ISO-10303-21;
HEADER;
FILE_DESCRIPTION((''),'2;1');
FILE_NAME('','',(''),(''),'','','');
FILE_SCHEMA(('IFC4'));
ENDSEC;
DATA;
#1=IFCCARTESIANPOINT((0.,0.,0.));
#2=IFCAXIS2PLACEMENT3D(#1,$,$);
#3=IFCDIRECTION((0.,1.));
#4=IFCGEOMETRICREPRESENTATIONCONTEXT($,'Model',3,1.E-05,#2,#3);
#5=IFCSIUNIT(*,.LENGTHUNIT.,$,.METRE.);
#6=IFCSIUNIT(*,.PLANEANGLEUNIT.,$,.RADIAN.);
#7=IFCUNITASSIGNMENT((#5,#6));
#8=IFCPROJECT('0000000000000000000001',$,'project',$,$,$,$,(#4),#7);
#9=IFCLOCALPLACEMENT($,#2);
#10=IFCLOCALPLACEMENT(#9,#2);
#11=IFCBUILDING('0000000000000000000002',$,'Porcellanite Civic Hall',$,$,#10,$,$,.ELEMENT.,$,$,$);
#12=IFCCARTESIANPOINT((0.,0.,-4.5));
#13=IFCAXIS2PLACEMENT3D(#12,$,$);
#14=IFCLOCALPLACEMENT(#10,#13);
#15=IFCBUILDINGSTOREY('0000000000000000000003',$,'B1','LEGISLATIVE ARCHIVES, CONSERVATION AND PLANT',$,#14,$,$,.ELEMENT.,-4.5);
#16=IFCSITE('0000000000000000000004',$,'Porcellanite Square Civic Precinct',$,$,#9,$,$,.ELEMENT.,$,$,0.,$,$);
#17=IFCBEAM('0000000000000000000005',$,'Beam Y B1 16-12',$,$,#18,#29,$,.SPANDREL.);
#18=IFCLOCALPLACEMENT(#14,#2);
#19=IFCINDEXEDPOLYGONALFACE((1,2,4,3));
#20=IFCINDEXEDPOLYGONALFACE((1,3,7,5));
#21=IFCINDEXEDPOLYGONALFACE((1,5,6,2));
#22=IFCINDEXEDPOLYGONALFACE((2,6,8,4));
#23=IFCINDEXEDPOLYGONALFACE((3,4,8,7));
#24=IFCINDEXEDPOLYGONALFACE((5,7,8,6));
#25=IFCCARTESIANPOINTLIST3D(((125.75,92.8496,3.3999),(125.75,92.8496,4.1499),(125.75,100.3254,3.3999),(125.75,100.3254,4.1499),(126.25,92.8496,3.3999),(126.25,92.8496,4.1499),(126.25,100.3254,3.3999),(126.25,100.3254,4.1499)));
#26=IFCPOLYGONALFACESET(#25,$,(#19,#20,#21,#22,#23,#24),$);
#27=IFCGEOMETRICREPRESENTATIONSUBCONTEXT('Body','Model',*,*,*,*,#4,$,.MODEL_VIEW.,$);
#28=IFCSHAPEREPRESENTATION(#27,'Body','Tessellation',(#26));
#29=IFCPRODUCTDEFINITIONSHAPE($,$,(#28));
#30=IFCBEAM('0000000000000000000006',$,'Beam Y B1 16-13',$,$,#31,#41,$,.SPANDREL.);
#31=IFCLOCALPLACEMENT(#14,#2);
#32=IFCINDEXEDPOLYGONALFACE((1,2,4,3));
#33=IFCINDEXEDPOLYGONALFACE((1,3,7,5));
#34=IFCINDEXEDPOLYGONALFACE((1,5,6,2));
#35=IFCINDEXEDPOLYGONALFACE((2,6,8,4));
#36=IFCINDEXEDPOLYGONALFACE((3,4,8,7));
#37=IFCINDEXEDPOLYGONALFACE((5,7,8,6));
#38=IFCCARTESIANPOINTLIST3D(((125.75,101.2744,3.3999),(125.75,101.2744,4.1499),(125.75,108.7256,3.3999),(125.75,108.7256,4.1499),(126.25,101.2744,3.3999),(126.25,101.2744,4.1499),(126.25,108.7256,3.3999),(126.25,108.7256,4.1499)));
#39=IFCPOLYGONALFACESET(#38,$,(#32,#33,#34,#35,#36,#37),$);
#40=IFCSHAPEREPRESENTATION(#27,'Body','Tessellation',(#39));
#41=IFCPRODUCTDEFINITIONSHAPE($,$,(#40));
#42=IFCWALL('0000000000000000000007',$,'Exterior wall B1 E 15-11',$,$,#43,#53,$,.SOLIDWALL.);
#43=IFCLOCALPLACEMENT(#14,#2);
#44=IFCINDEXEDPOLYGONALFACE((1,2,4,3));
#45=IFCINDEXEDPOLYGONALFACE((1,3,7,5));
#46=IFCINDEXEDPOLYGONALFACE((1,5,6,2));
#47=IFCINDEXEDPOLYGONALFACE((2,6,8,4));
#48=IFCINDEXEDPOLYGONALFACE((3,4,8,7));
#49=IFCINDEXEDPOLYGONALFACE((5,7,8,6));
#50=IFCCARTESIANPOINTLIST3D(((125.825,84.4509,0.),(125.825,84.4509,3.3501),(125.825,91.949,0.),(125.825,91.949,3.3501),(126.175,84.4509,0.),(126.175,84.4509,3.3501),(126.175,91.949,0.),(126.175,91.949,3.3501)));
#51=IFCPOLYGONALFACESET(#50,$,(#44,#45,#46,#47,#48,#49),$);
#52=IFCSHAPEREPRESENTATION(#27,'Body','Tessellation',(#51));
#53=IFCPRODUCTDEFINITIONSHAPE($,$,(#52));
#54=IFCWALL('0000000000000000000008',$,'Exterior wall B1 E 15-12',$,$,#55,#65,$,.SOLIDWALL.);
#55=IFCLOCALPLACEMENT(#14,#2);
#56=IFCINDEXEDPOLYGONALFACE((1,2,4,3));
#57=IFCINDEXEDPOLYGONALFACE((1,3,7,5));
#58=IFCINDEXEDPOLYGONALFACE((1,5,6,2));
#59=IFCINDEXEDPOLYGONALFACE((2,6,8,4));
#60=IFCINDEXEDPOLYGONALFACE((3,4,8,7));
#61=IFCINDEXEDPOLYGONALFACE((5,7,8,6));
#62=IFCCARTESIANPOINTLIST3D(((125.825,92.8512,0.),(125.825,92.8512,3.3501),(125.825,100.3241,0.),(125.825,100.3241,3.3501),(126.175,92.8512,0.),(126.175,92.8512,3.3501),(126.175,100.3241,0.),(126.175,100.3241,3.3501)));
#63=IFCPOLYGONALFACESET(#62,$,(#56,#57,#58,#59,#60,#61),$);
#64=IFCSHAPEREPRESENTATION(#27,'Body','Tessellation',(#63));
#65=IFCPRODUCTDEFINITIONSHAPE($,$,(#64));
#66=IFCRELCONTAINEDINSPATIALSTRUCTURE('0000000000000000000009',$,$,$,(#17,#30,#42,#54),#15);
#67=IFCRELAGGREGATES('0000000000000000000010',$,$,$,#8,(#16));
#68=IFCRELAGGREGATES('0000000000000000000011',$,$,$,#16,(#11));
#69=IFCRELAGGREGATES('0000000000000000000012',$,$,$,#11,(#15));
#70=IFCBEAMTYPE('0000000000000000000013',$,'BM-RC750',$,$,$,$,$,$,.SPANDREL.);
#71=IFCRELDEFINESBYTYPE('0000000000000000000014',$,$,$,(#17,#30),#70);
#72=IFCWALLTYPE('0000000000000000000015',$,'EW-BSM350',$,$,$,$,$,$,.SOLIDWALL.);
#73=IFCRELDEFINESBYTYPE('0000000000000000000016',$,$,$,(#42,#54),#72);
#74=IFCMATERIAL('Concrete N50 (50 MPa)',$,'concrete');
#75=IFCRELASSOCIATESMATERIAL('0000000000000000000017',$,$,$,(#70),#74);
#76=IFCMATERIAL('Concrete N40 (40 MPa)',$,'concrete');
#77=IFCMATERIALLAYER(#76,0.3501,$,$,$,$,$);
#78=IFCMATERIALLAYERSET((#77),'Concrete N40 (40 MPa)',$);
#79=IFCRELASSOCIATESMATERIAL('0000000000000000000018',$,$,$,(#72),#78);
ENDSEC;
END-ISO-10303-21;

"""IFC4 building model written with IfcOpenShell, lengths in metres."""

from ifc_helpers import new_model, si_unit, direction, frame, frame_2d, origin, origin_2d, place, context, subcontext, project, spatial, rectangle, extrude, material, layer, layer_set, material_profile, profile_set, type_object, element, save


model = new_model("IFC4")

# Units and contexts
model_context = context("Model", 3, precision=1e-05, world=origin(), true_north=direction((0.0, 1.0)))
body_context = subcontext(model_context, "Body", "Model", "MODEL_VIEW")
ifc_project = project(units=[si_unit("LENGTHUNIT", "METRE"), si_unit("PLANEANGLEUNIT", "RADIAN")], contexts=[model_context])

# Site, building, storey
site_placement = place(None, origin())
site = spatial("IfcSite", under=ifc_project, at=site_placement, Name="Porcellanite Square Civic Precinct", CompositionType="ELEMENT", RefElevation=0.0)
building_placement = place(site_placement, origin())
building = spatial("IfcBuilding", under=site, at=building_placement, Name="Porcellanite Civic Hall", CompositionType="ELEMENT")
storey_placement = place(building_placement, frame((0.0, 0.0, -4.5)))
storey = spatial("IfcBuildingStorey", under=building, at=storey_placement, Name="B1", Description="LEGISLATIVE ARCHIVES, CONSERVATION AND PLANT", CompositionType="ELEMENT", Elevation=-4.5)

# Beams
ifc_material_1 = material(Name="Concrete N50 (50 MPa)", Category="concrete")
ifc_material_profile_1 = material_profile(ifc_material_1, rectangle(XDim=0.5, YDim=0.75, at=origin_2d()), Name="RC-500x750")
ifc_profile_set_1 = profile_set([ifc_material_profile_1], Name="Concrete N50 (50 MPa)")
beam_type = type_object("IfcBeamType", Name="BM-RC750", PredefinedType="SPANDREL", material=ifc_profile_set_1)
beam_1_placement = place(storey_placement, frame((126.0, 92.8496, 3.7749), z_axis=(0.0, 1.0, 0.0), x_axis=(-1.0, 0.0, 0.0)))
element("IfcBeam", 1, at=beam_1_placement, inside=storey, type_object=beam_type, Name="Beam Y B1 16-12", PredefinedType="SPANDREL", context=body_context, shape_type="SweptSolid", body=[
    extrude(rectangle(XDim=0.5, YDim=0.75, at=origin_2d()), origin(), (0.0, 0.0, 1.0), 7.4758),
])
beam_2_placement = place(storey_placement, frame((126.0, 101.2744, 3.7749), z_axis=(0.0, 1.0, 0.0), x_axis=(-1.0, 0.0, 0.0)))
element("IfcBeam", 2, at=beam_2_placement, inside=storey, type_object=beam_type, Name="Beam Y B1 16-13", PredefinedType="SPANDREL", context=body_context, shape_type="SweptSolid", body=[
    extrude(rectangle(XDim=0.5, YDim=0.75, at=origin_2d()), origin(), (0.0, 0.0, 1.0), 7.4512),
])

# Walls
ifc_material_2 = material(Name="Concrete N40 (40 MPa)", Category="concrete")
ifc_layer = layer(ifc_material_2, 0.3501)
ifc_layer_set = layer_set([ifc_layer], Name="Concrete N40 (40 MPa)")
wall_type = type_object("IfcWallType", Name="EW-BSM350", PredefinedType="SOLIDWALL", material=ifc_layer_set)
wall_1_placement = place(storey_placement, frame((126.0, 91.949, 0.0), z_axis=(0.0, 0.0, 1.0), x_axis=(0.0, -1.0, 0.0)))
element("IfcWall", 3, at=wall_1_placement, inside=storey, type_object=wall_type, Name="Exterior wall B1 E 15-11", PredefinedType="SOLIDWALL", context=body_context, shape_type="SweptSolid", body=[
    extrude(rectangle(XDim=7.498, YDim=0.3501, at=frame_2d((3.749, 0.0))), origin(), (0.0, 0.0, 1.0), 3.3501),
])
wall_2_placement = place(storey_placement, frame((126.0, 100.324, 0.0), z_axis=(0.0, 0.0, 1.0), x_axis=(0.0, -1.0, 0.0)))
element("IfcWall", 4, at=wall_2_placement, inside=storey, type_object=wall_type, Name="Exterior wall B1 E 15-12", PredefinedType="SOLIDWALL", context=body_context, shape_type="SweptSolid", body=[
    extrude(rectangle(XDim=7.4729, YDim=0.3501, at=frame_2d((3.7363, 0.0))), origin(), (0.0, 0.0, 1.0), 3.3501),
])

save(model, "model.ifc")
